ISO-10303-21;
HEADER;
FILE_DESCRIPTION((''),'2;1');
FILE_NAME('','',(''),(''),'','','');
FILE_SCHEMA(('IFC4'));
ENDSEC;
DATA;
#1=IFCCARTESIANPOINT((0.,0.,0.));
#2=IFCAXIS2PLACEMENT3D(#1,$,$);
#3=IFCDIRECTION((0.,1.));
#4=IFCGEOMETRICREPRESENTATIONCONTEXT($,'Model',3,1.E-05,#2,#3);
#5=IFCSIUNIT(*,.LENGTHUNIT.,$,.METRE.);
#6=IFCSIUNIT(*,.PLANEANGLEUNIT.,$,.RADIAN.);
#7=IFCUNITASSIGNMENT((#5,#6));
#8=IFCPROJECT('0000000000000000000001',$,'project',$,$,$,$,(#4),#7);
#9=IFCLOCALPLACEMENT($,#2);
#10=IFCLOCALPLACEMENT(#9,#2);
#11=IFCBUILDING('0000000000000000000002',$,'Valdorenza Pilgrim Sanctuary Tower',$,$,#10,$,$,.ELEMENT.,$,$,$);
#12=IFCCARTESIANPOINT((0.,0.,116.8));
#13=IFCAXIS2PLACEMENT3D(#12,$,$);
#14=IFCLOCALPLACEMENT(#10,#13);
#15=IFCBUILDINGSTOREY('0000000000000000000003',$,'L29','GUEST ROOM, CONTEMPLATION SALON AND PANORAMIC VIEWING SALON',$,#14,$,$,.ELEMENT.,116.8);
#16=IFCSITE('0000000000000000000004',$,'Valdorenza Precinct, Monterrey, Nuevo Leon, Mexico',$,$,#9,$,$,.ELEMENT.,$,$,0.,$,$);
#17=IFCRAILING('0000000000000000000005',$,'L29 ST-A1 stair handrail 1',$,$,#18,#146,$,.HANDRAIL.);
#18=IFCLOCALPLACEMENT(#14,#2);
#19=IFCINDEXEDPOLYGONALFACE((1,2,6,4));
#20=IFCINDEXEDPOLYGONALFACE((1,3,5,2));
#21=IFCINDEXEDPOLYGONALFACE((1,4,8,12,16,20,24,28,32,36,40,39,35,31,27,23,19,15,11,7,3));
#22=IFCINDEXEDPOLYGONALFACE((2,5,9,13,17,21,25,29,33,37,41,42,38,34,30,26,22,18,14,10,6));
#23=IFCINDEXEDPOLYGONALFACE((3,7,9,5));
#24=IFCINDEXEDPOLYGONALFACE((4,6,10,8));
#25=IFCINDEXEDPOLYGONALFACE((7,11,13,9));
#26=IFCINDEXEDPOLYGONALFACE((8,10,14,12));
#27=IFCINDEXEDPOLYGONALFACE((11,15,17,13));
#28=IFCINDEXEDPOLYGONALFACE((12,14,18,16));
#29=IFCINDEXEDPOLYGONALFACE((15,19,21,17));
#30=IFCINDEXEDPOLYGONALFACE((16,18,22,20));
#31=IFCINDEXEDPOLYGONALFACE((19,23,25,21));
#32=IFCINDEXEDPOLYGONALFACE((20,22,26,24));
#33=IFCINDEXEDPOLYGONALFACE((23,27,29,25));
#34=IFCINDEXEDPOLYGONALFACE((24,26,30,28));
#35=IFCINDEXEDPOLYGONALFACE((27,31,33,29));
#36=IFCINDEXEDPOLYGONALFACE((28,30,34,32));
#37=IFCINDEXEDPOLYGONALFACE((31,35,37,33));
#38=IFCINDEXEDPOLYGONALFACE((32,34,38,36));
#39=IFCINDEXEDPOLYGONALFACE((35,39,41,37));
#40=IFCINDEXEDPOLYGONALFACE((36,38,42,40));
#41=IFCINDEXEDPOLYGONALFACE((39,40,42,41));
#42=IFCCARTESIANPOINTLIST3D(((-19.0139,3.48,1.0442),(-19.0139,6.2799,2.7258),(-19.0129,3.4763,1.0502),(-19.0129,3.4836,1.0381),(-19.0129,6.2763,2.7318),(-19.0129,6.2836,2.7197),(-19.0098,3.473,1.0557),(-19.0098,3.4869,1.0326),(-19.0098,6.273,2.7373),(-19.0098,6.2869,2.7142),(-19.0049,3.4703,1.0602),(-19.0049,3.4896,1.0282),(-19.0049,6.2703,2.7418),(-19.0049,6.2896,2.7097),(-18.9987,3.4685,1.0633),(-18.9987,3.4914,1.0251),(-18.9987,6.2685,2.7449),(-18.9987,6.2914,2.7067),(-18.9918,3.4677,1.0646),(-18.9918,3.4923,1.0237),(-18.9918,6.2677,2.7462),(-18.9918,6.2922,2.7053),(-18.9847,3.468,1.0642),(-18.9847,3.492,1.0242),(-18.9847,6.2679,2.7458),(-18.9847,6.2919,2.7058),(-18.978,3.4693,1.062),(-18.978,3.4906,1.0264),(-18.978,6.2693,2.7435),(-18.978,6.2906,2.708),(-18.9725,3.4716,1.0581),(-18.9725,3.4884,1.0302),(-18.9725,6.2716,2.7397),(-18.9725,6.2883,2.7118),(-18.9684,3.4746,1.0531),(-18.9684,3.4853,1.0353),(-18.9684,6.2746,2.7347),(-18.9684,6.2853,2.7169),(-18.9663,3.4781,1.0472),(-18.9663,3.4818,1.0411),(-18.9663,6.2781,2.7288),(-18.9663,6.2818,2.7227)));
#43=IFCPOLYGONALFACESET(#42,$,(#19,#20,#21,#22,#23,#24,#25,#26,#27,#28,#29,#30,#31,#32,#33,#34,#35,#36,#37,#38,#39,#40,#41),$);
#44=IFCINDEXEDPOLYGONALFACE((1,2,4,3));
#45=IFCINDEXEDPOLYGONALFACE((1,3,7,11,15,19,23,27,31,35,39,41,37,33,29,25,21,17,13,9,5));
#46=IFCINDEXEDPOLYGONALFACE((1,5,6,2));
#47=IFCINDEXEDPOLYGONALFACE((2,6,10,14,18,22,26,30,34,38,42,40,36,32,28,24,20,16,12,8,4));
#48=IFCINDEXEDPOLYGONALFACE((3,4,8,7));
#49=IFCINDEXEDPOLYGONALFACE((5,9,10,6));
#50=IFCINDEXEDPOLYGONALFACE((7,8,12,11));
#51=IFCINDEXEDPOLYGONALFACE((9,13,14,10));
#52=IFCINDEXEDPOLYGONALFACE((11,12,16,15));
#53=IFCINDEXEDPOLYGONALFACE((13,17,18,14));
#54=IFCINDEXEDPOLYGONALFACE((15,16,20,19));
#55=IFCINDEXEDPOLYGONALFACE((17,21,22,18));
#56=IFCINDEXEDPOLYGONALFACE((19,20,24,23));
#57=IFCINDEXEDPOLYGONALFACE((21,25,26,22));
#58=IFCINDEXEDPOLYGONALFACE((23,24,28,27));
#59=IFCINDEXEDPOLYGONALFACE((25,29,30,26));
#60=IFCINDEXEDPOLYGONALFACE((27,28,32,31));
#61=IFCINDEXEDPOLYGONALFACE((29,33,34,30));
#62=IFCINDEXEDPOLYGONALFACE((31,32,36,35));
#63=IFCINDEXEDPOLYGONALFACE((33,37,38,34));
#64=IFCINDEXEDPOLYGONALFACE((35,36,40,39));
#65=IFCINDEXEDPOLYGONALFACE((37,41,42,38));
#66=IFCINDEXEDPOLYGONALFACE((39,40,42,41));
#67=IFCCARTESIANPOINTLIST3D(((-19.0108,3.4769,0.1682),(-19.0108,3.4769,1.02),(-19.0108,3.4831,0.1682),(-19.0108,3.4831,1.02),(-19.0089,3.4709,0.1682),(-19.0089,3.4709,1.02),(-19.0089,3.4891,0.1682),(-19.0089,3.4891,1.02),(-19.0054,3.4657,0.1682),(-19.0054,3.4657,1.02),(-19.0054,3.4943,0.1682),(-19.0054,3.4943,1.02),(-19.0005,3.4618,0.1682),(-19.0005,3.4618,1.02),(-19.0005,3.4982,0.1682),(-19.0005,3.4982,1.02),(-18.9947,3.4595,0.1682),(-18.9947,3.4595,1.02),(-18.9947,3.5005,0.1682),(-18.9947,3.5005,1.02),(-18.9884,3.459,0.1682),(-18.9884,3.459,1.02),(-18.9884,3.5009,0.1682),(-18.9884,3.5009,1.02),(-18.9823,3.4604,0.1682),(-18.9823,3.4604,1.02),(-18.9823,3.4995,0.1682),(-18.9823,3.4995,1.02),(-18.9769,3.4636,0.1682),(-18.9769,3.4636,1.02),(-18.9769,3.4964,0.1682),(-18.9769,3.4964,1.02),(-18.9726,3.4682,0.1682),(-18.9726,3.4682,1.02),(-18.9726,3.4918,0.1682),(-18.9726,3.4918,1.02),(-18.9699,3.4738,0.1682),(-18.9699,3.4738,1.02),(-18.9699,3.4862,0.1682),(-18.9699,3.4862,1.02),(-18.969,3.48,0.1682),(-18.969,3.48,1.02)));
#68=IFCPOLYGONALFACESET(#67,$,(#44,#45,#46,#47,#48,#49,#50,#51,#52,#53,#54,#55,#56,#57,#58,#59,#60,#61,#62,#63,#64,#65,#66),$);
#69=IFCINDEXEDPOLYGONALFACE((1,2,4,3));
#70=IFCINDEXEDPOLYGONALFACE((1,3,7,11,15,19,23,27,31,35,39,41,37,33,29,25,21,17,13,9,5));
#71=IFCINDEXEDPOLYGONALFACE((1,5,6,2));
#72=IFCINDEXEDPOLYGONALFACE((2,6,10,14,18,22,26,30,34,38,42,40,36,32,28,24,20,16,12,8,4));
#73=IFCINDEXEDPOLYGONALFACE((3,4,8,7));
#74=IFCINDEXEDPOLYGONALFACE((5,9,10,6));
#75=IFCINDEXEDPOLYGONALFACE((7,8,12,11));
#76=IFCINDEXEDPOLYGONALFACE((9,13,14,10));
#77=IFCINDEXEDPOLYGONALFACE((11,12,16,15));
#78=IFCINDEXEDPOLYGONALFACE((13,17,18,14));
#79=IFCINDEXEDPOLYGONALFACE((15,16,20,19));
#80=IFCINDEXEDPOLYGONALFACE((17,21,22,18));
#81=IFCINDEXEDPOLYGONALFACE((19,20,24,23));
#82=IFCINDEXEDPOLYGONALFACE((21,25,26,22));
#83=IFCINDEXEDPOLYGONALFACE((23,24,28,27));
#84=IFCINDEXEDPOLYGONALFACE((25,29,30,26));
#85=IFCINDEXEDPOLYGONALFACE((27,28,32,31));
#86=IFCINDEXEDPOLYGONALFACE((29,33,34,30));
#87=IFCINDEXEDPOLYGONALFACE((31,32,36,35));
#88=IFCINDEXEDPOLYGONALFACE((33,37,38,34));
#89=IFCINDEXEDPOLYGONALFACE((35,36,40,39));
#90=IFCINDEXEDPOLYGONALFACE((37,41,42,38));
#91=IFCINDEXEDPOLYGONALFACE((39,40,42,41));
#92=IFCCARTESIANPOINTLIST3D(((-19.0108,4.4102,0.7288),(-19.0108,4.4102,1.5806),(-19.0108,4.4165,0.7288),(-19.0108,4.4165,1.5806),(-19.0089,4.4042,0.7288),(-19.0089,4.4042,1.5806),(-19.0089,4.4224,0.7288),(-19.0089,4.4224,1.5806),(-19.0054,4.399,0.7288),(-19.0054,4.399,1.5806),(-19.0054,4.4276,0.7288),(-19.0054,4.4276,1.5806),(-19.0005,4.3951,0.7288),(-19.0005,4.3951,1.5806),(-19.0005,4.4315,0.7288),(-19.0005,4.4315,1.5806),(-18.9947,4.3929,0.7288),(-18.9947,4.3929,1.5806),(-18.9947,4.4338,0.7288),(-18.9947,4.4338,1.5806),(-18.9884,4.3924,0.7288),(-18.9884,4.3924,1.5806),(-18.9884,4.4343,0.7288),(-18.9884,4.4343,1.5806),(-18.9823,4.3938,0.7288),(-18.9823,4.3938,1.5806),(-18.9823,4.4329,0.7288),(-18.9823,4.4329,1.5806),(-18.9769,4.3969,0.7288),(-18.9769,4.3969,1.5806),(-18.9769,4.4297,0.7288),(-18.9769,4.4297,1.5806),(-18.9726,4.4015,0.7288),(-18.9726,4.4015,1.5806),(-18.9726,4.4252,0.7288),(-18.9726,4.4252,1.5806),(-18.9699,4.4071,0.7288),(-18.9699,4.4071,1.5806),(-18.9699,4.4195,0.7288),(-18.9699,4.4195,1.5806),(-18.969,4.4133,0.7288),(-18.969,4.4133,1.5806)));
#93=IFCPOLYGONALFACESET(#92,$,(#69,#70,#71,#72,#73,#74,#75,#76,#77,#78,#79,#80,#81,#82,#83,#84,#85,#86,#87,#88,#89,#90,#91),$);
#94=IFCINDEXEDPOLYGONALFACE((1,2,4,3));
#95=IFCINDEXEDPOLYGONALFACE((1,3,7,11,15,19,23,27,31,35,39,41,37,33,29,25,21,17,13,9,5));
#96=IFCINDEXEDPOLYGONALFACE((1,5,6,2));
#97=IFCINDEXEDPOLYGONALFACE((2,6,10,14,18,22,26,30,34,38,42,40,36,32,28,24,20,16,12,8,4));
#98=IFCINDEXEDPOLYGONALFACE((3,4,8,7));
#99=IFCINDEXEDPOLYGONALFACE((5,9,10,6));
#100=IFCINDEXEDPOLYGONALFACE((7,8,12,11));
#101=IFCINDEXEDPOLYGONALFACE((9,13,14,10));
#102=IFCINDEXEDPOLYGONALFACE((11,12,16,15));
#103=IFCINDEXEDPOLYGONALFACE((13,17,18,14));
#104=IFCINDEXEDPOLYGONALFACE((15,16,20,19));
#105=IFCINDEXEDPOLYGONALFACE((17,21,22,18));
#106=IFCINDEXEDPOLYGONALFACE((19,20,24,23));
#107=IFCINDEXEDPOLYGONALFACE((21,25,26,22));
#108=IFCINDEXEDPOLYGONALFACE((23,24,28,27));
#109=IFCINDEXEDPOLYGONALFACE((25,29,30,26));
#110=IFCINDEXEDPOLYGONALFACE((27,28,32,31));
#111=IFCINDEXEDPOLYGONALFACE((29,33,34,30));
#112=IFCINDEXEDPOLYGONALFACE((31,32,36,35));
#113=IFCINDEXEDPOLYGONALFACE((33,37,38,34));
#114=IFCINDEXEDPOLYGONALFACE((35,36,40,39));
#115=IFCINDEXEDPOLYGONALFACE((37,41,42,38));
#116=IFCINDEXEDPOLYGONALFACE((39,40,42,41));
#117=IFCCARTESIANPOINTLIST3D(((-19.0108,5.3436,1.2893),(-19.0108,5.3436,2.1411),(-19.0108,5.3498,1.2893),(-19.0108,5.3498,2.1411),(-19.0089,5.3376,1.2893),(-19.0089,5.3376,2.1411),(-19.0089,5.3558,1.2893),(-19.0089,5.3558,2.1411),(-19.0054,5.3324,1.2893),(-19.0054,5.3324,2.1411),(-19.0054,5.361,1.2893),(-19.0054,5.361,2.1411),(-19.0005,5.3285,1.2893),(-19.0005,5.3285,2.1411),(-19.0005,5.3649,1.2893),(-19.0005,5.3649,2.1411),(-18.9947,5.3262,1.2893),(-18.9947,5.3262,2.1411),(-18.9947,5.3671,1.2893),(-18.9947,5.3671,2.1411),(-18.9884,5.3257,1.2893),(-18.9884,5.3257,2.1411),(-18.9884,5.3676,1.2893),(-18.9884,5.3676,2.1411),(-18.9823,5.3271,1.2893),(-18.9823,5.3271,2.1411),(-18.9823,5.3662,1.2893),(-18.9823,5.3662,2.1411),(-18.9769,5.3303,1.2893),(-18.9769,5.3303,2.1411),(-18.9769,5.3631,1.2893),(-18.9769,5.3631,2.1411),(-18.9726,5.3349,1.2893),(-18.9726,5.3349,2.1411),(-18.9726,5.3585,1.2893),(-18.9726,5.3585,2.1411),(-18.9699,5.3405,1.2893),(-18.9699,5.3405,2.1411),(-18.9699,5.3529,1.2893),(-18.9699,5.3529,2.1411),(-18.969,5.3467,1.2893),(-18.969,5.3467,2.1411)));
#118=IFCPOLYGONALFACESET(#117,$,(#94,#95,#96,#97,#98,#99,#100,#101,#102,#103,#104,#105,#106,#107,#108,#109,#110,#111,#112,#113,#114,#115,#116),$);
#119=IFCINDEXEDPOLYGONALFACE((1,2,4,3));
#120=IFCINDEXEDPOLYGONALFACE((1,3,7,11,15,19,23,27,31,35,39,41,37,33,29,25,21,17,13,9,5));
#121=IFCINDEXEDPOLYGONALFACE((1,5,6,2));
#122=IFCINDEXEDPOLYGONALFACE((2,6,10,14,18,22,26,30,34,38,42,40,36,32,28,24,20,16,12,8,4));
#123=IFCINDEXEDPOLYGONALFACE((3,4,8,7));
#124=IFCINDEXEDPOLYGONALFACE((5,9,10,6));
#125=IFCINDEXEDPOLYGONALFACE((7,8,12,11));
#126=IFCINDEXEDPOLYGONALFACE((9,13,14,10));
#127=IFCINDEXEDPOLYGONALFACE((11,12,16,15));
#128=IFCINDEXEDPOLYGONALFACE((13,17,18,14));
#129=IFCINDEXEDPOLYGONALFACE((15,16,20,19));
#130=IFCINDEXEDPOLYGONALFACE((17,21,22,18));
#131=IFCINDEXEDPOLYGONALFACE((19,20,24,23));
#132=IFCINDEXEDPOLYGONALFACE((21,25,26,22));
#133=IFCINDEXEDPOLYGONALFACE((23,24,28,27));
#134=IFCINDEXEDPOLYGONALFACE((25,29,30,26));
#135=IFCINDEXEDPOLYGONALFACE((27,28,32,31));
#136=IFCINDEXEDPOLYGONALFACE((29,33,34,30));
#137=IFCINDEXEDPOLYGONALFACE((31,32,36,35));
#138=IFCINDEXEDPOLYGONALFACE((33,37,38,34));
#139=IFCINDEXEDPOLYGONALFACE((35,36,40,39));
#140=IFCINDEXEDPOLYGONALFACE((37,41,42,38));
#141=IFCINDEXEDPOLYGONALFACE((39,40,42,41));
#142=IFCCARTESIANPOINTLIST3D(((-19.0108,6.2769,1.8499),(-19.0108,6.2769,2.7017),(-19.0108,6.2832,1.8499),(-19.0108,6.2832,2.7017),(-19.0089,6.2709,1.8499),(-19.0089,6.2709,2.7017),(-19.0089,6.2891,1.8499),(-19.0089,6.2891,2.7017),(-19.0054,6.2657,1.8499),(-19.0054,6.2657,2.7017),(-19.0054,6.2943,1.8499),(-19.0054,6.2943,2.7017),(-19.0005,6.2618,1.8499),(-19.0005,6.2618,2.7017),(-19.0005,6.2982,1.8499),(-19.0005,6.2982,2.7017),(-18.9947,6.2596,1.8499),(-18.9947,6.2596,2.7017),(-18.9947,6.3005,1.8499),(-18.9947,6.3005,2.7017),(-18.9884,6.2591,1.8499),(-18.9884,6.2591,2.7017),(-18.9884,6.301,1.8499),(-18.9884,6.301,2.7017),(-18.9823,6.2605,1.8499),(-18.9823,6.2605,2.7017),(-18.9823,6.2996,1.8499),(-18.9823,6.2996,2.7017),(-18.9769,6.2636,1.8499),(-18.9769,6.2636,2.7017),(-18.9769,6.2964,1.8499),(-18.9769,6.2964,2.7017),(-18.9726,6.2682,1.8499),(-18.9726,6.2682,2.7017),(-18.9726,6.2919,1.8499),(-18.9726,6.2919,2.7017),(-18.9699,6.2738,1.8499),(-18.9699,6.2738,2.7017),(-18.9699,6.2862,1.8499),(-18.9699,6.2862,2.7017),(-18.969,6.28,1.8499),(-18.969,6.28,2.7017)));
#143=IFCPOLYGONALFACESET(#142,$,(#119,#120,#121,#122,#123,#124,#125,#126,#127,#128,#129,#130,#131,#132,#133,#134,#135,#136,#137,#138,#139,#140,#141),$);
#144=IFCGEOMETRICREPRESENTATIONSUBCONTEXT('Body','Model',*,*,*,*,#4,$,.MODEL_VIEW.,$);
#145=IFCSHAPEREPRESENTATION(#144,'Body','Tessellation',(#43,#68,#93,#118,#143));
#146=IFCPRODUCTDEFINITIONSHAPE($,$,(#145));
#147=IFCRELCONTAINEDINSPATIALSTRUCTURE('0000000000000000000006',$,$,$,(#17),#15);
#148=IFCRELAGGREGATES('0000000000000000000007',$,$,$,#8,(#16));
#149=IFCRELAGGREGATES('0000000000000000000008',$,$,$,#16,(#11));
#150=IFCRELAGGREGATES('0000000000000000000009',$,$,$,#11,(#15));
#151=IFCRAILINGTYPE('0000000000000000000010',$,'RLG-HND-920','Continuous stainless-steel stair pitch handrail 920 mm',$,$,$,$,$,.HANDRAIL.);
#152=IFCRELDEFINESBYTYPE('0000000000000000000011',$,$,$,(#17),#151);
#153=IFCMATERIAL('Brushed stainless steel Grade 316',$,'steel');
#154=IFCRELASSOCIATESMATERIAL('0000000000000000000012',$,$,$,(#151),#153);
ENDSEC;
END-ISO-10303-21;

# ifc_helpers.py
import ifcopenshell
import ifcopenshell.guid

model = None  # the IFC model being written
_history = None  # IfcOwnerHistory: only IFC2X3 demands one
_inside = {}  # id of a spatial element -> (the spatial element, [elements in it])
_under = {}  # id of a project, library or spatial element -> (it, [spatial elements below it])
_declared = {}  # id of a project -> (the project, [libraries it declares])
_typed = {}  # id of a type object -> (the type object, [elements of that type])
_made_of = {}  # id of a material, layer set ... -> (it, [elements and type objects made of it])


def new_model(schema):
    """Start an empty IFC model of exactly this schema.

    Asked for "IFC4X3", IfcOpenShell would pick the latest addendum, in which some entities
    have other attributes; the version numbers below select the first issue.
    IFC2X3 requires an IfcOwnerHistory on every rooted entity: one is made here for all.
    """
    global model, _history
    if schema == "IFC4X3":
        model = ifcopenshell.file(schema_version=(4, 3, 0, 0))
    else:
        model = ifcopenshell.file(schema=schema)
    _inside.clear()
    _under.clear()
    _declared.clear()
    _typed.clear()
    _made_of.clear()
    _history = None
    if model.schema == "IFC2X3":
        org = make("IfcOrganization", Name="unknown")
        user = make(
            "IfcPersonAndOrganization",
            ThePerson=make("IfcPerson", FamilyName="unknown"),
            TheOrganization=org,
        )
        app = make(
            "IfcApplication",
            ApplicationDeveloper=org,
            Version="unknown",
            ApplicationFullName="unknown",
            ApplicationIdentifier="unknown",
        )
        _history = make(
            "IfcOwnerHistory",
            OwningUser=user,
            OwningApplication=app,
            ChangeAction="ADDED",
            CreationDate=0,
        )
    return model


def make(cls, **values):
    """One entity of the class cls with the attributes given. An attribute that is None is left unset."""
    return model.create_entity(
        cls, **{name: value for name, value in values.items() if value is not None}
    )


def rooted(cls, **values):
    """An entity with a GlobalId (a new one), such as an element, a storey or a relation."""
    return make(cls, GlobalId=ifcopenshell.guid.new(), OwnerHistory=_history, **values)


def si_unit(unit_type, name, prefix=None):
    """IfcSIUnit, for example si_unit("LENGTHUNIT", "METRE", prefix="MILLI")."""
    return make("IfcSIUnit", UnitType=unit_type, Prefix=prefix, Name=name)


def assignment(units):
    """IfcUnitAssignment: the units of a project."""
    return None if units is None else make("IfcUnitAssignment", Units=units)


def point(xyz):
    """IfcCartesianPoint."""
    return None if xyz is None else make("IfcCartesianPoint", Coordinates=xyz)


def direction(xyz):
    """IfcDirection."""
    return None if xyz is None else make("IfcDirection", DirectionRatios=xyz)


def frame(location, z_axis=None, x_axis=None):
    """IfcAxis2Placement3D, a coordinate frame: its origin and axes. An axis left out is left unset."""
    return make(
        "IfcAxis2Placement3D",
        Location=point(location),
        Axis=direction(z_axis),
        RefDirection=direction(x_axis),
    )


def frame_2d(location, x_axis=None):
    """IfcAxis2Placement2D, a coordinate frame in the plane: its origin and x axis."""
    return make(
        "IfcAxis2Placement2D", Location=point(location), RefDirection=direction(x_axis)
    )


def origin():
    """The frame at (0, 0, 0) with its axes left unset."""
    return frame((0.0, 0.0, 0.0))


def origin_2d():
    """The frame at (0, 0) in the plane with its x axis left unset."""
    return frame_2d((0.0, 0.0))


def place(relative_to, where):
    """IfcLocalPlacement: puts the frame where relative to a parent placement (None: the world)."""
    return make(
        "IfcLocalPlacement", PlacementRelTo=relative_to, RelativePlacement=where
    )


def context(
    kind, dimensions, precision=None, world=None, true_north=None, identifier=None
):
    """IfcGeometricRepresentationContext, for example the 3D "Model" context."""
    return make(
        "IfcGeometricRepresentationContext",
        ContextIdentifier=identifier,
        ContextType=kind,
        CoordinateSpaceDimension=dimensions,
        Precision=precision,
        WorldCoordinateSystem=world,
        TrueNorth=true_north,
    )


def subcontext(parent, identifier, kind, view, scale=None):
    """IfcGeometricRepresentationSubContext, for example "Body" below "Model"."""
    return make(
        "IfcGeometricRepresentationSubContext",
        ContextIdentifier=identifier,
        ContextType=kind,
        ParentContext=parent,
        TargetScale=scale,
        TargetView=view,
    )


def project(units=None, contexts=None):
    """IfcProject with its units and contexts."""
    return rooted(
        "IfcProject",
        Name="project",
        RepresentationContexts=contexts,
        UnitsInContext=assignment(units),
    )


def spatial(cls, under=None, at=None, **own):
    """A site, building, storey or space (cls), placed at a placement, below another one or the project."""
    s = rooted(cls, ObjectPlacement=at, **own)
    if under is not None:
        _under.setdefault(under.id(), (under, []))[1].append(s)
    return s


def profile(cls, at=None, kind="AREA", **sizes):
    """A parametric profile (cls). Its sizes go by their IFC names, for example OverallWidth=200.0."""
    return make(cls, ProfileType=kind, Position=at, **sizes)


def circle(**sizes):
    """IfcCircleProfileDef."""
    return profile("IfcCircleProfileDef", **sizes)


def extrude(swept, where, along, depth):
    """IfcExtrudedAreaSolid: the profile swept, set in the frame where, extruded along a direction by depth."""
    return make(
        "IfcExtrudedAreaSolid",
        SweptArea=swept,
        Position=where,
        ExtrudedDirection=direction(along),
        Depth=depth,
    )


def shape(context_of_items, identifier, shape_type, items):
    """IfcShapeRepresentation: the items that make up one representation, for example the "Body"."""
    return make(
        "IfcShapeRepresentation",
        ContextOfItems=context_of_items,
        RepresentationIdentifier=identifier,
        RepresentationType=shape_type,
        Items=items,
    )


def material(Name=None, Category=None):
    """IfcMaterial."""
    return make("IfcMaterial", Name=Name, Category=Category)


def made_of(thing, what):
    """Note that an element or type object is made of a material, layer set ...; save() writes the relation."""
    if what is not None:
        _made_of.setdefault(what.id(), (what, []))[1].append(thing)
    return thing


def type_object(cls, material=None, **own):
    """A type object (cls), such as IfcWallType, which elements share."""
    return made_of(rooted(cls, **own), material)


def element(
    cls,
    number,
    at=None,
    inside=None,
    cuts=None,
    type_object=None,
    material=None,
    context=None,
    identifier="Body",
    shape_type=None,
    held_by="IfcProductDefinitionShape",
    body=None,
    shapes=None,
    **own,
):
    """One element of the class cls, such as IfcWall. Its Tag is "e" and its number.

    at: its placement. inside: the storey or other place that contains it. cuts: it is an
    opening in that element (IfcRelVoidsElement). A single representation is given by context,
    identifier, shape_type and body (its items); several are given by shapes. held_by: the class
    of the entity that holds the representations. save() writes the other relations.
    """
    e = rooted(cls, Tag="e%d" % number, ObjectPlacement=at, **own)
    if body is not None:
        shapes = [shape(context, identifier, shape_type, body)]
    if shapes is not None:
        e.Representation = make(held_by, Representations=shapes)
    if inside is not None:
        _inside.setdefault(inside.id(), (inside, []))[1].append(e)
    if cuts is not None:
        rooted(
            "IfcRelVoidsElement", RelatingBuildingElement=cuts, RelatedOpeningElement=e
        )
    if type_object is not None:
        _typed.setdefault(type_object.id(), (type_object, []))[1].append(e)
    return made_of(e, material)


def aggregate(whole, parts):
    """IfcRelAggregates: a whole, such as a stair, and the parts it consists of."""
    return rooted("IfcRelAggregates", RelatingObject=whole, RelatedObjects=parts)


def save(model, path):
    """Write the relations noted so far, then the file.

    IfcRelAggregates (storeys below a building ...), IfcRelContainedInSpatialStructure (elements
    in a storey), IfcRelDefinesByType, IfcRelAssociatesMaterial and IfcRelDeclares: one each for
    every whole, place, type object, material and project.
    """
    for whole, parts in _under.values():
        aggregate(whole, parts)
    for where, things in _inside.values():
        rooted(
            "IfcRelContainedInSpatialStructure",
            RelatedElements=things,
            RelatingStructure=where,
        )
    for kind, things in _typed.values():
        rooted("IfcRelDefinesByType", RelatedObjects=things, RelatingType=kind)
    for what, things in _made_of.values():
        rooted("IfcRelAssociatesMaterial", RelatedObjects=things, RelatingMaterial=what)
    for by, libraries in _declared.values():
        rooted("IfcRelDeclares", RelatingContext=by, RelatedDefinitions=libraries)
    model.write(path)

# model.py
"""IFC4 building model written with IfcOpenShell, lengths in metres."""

from ifc_helpers import new_model, si_unit, direction, frame, origin, origin_2d, place, context, subcontext, project, spatial, circle, extrude, material, type_object, element, save


model = new_model("IFC4")

# Units and contexts
model_context = context("Model", 3, precision=1e-05, world=origin(), true_north=direction((0.0, 1.0)))
body_context = subcontext(model_context, "Body", "Model", "MODEL_VIEW")
ifc_project = project(units=[si_unit("LENGTHUNIT", "METRE"), si_unit("PLANEANGLEUNIT", "RADIAN")], contexts=[model_context])

# Site, building, storey
site_placement = place(None, origin())
site = spatial("IfcSite", under=ifc_project, at=site_placement, Name="Valdorenza Precinct, Monterrey, Nuevo Leon, Mexico", CompositionType="ELEMENT", RefElevation=0.0)
building_placement = place(site_placement, origin())
building = spatial("IfcBuilding", under=site, at=building_placement, Name="Valdorenza Pilgrim Sanctuary Tower", CompositionType="ELEMENT")
storey_placement = place(building_placement, frame((0.0, 0.0, 116.8)))
storey = spatial("IfcBuildingStorey", under=building, at=storey_placement, Name="L29", Description="GUEST ROOM, CONTEMPLATION SALON AND PANORAMIC VIEWING SALON", CompositionType="ELEMENT", Elevation=116.8)

# Shared definitions
ifc_material_1 = material(Name="Brushed stainless steel Grade 316", Category="steel")

# Railing
railing_type_1 = type_object("IfcRailingType", Name="RLG-HND-920", Description="Continuous stainless-steel stair pitch handrail 920 mm", PredefinedType="HANDRAIL", material=ifc_material_1)
railing_1_placement = place(storey_placement, frame((-18.99, 3.48, 0.1682)))
element("IfcRailing", 1, at=railing_1_placement, inside=storey, type_object=railing_type_1, Name="L29 ST-A1 stair handrail 1", PredefinedType="HANDRAIL", context=body_context, shape_type="SweptSolid", body=[
    extrude(circle(Radius=0.0239, at=origin_2d()), frame((0.0, 0.0, 0.876), z_axis=(0.0, 0.857275, 0.514858), x_axis=(-1.0, 0.0, 0.0)), (0.0, 0.0, 1.0), 3.2661),
    extrude(circle(Radius=0.021, at=origin_2d()), origin(), (0.0, 0.0, 1.0), 0.8518),
    extrude(circle(Radius=0.021, at=origin_2d()), frame((0.0, 0.9333, 0.5605)), (0.0, 0.0, 1.0), 0.8518),
    extrude(circle(Radius=0.021, at=origin_2d()), frame((0.0, 1.8667, 1.1211)), (0.0, 0.0, 1.0), 0.8518),
    extrude(circle(Radius=0.021, at=origin_2d()), frame((0.0, 2.8, 1.6816)), (0.0, 0.0, 1.0), 0.8518),
])

save(model, "model.ifc")
